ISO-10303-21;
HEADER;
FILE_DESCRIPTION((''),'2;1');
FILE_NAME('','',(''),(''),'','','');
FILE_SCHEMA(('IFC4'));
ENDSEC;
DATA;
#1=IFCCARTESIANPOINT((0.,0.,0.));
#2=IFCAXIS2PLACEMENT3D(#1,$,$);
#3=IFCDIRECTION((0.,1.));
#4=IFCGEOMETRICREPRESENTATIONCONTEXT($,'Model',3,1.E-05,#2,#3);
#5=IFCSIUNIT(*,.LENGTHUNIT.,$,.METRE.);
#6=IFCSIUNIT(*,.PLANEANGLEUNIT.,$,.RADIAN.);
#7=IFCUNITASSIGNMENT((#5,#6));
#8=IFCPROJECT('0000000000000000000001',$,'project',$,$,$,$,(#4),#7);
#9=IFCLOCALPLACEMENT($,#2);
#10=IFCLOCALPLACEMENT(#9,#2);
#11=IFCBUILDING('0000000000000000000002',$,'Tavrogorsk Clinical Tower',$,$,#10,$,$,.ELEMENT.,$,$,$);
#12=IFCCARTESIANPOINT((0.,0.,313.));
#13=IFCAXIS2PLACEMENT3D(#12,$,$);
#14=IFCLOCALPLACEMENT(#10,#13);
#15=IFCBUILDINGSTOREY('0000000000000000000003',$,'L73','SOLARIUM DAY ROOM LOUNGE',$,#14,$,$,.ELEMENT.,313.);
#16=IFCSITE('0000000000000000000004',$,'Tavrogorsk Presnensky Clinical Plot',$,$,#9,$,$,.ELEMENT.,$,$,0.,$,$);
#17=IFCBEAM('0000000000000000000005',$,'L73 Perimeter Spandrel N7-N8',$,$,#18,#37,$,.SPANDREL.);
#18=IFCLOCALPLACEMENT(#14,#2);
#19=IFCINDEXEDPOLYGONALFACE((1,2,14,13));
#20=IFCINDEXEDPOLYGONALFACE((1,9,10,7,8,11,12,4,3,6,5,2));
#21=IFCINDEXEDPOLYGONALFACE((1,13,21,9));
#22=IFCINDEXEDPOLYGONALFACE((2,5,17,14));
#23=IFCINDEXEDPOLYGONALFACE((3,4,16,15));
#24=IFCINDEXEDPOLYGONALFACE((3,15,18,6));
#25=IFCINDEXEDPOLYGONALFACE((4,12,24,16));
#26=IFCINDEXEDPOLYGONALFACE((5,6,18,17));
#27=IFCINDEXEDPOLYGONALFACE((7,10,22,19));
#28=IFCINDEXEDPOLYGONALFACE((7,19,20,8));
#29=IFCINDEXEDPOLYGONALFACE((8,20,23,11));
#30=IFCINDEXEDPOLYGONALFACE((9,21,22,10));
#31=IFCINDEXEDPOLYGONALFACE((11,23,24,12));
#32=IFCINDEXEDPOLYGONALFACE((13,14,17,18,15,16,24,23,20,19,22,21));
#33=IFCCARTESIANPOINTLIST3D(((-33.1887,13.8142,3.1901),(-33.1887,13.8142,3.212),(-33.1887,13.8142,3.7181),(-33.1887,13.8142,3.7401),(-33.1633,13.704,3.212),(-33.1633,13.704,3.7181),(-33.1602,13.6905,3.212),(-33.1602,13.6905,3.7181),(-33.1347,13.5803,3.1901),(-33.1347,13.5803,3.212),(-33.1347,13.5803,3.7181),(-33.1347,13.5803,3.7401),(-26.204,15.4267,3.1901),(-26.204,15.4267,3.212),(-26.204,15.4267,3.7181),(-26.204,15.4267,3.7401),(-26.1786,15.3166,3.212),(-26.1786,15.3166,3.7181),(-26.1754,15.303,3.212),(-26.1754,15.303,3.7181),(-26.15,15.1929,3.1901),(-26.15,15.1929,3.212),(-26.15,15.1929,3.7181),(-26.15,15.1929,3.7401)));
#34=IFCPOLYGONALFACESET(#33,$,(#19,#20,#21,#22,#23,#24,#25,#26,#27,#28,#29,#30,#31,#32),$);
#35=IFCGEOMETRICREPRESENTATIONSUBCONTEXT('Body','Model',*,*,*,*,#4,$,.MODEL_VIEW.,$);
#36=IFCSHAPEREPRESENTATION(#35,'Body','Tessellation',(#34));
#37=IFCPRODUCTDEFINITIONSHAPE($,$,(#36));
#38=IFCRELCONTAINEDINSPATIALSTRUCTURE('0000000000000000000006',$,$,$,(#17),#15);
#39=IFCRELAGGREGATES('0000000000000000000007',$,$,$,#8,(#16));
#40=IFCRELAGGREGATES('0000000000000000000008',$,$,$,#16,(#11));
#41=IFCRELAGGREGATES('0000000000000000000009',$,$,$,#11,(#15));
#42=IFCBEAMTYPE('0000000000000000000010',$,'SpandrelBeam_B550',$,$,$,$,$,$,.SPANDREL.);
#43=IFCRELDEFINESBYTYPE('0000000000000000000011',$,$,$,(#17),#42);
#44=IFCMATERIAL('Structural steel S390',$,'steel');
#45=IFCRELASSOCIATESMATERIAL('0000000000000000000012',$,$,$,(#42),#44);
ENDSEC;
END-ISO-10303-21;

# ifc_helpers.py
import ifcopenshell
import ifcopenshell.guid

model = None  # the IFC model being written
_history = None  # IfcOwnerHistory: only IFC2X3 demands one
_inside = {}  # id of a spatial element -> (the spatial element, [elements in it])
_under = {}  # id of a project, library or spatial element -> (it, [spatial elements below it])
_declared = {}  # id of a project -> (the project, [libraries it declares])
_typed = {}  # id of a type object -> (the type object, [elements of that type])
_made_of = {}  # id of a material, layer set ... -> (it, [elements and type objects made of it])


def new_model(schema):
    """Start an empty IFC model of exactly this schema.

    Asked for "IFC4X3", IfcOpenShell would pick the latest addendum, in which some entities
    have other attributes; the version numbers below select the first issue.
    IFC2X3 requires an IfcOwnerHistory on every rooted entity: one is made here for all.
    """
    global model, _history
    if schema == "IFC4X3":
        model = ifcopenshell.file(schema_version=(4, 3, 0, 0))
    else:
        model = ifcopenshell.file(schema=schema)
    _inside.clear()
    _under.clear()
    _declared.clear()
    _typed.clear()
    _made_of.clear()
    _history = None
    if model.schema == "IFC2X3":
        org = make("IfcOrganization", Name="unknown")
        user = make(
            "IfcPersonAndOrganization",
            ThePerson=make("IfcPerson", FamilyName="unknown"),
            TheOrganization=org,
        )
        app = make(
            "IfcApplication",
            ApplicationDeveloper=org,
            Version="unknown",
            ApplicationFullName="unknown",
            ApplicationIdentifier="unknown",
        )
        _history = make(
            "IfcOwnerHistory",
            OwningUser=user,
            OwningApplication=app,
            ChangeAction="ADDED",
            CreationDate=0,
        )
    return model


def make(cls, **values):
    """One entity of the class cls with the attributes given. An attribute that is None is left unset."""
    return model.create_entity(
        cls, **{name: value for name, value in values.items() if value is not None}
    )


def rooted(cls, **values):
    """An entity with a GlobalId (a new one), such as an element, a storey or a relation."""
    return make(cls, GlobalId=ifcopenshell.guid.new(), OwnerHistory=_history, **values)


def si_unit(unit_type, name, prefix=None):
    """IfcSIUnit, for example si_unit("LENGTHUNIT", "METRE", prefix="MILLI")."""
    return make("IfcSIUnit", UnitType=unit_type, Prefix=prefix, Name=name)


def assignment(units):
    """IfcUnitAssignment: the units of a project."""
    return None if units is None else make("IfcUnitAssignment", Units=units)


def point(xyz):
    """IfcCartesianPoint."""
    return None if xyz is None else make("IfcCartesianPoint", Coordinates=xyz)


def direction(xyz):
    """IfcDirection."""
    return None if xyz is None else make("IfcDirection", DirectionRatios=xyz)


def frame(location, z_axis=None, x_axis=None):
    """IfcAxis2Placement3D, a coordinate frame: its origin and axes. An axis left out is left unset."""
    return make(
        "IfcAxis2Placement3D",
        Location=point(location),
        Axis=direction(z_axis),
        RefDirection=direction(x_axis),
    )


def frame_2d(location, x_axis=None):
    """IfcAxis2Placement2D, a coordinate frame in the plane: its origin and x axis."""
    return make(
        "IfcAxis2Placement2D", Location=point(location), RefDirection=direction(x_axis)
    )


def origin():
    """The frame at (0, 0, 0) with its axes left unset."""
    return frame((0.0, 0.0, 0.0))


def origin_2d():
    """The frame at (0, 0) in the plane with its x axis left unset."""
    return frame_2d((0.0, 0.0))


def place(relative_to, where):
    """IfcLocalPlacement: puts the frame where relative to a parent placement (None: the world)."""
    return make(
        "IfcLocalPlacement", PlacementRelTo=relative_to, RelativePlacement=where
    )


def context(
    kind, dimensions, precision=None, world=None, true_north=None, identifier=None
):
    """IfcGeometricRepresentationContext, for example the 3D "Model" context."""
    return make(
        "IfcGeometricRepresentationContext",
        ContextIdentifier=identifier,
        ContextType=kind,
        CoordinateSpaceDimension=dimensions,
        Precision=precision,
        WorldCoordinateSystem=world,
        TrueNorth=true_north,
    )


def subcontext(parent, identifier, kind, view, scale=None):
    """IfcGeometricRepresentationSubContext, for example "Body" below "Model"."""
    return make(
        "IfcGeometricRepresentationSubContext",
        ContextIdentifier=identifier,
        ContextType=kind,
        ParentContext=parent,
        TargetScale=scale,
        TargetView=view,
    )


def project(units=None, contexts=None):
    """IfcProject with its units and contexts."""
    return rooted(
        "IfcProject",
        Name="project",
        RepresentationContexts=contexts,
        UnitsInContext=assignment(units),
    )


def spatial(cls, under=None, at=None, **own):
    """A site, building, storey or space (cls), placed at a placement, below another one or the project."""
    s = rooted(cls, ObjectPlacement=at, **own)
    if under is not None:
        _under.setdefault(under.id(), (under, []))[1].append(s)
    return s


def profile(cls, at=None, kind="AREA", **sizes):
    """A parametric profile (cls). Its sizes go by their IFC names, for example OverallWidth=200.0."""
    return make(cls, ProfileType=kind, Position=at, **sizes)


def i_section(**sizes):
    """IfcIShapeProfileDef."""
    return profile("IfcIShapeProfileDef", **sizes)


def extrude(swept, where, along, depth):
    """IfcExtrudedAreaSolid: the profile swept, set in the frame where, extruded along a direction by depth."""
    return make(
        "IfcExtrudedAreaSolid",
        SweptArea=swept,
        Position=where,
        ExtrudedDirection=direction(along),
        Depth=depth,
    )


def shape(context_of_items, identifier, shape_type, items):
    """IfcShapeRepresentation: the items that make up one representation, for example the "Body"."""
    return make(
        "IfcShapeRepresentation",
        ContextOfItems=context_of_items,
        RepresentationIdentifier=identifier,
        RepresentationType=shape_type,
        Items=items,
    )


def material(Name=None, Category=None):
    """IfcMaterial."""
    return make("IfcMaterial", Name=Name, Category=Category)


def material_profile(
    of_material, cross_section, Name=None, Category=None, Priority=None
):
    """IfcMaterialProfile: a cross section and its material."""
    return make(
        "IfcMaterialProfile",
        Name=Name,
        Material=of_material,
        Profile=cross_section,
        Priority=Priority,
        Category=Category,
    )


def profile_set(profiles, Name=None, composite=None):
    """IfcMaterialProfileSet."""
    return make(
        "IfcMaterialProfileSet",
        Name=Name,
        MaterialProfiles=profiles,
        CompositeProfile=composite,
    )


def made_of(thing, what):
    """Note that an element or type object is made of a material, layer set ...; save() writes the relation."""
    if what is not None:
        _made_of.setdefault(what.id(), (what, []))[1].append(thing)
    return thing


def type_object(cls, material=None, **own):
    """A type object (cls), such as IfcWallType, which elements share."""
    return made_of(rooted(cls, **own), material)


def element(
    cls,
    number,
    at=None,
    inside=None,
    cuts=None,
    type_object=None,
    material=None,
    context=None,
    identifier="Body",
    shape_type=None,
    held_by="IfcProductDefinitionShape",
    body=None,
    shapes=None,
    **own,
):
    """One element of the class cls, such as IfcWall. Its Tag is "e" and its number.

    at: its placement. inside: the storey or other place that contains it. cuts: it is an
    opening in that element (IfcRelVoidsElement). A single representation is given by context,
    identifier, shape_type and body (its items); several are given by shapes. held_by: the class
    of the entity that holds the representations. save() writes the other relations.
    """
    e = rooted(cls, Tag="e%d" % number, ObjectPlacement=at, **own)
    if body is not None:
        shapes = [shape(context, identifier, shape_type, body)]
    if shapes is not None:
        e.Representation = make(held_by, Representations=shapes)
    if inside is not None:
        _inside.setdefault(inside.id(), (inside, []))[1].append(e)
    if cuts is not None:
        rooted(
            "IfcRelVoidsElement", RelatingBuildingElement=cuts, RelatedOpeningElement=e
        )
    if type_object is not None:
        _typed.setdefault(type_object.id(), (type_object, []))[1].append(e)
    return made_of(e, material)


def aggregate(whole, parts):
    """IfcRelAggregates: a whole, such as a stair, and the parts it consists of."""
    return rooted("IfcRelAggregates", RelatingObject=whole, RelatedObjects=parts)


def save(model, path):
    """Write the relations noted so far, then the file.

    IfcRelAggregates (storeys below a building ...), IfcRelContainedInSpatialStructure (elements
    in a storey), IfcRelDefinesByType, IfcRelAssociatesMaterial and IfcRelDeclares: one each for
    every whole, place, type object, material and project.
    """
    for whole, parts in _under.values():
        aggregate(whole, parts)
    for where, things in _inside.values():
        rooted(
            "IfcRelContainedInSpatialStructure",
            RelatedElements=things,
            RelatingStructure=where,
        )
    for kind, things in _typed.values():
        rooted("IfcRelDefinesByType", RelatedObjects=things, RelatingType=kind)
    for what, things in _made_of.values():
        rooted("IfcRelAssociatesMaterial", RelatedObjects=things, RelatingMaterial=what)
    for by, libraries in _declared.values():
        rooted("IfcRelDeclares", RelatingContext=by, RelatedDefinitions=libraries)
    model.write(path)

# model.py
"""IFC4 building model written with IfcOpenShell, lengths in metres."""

from ifc_helpers import new_model, si_unit, direction, frame, origin, origin_2d, place, context, subcontext, project, spatial, i_section, extrude, material, material_profile, profile_set, type_object, element, save


model = new_model("IFC4")

# Units and contexts
model_context = context("Model", 3, precision=1e-05, world=origin(), true_north=direction((0.0, 1.0)))
body_context = subcontext(model_context, "Body", "Model", "MODEL_VIEW")
ifc_project = project(units=[si_unit("LENGTHUNIT", "METRE"), si_unit("PLANEANGLEUNIT", "RADIAN")], contexts=[model_context])

# Site, building, storey
site_placement = place(None, origin())
site = spatial("IfcSite", under=ifc_project, at=site_placement, Name="Tavrogorsk Presnensky Clinical Plot", CompositionType="ELEMENT", RefElevation=0.0)
building_placement = place(site_placement, origin())
building = spatial("IfcBuilding", under=site, at=building_placement, Name="Tavrogorsk Clinical Tower", CompositionType="ELEMENT")
storey_placement = place(building_placement, frame((0.0, 0.0, 313.0)))
storey = spatial("IfcBuildingStorey", under=building, at=storey_placement, Name="L73", Description="SOLARIUM DAY ROOM LOUNGE", CompositionType="ELEMENT", Elevation=313.0)

# Beam
ifc_material_1 = material(Name="Structural steel S390", Category="steel")
ifc_material_profile_1 = material_profile(ifc_material_1, i_section(OverallWidth=0.24, OverallDepth=0.55, WebThickness=0.0139, FlangeThickness=0.022, at=origin_2d()), Name="B-550x240x14x22")
ifc_profile_set_1 = profile_set([ifc_material_profile_1], Name="Structural steel S390")
beam_type_1 = type_object("IfcBeamType", Name="SpandrelBeam_B550", PredefinedType="SPANDREL", material=ifc_profile_set_1)
beam_1_placement = place(storey_placement, frame((-26.177, 15.3098, 3.4651), z_axis=(-0.974369, -0.224954, 0.0), x_axis=(0.224954, -0.974369, 0.0)))
element("IfcBeam", 1, at=beam_1_placement, inside=storey, type_object=beam_type_1, Name="L73 Perimeter Spandrel N7-N8", PredefinedType="SPANDREL", context=body_context, shape_type="SweptSolid", body=[
    extrude(i_section(OverallWidth=0.24, OverallDepth=0.55, WebThickness=0.0139, FlangeThickness=0.022, at=origin_2d()), origin(), (0.0, 0.0, 1.0), 7.1685),
])

save(model, "model.ifc")
